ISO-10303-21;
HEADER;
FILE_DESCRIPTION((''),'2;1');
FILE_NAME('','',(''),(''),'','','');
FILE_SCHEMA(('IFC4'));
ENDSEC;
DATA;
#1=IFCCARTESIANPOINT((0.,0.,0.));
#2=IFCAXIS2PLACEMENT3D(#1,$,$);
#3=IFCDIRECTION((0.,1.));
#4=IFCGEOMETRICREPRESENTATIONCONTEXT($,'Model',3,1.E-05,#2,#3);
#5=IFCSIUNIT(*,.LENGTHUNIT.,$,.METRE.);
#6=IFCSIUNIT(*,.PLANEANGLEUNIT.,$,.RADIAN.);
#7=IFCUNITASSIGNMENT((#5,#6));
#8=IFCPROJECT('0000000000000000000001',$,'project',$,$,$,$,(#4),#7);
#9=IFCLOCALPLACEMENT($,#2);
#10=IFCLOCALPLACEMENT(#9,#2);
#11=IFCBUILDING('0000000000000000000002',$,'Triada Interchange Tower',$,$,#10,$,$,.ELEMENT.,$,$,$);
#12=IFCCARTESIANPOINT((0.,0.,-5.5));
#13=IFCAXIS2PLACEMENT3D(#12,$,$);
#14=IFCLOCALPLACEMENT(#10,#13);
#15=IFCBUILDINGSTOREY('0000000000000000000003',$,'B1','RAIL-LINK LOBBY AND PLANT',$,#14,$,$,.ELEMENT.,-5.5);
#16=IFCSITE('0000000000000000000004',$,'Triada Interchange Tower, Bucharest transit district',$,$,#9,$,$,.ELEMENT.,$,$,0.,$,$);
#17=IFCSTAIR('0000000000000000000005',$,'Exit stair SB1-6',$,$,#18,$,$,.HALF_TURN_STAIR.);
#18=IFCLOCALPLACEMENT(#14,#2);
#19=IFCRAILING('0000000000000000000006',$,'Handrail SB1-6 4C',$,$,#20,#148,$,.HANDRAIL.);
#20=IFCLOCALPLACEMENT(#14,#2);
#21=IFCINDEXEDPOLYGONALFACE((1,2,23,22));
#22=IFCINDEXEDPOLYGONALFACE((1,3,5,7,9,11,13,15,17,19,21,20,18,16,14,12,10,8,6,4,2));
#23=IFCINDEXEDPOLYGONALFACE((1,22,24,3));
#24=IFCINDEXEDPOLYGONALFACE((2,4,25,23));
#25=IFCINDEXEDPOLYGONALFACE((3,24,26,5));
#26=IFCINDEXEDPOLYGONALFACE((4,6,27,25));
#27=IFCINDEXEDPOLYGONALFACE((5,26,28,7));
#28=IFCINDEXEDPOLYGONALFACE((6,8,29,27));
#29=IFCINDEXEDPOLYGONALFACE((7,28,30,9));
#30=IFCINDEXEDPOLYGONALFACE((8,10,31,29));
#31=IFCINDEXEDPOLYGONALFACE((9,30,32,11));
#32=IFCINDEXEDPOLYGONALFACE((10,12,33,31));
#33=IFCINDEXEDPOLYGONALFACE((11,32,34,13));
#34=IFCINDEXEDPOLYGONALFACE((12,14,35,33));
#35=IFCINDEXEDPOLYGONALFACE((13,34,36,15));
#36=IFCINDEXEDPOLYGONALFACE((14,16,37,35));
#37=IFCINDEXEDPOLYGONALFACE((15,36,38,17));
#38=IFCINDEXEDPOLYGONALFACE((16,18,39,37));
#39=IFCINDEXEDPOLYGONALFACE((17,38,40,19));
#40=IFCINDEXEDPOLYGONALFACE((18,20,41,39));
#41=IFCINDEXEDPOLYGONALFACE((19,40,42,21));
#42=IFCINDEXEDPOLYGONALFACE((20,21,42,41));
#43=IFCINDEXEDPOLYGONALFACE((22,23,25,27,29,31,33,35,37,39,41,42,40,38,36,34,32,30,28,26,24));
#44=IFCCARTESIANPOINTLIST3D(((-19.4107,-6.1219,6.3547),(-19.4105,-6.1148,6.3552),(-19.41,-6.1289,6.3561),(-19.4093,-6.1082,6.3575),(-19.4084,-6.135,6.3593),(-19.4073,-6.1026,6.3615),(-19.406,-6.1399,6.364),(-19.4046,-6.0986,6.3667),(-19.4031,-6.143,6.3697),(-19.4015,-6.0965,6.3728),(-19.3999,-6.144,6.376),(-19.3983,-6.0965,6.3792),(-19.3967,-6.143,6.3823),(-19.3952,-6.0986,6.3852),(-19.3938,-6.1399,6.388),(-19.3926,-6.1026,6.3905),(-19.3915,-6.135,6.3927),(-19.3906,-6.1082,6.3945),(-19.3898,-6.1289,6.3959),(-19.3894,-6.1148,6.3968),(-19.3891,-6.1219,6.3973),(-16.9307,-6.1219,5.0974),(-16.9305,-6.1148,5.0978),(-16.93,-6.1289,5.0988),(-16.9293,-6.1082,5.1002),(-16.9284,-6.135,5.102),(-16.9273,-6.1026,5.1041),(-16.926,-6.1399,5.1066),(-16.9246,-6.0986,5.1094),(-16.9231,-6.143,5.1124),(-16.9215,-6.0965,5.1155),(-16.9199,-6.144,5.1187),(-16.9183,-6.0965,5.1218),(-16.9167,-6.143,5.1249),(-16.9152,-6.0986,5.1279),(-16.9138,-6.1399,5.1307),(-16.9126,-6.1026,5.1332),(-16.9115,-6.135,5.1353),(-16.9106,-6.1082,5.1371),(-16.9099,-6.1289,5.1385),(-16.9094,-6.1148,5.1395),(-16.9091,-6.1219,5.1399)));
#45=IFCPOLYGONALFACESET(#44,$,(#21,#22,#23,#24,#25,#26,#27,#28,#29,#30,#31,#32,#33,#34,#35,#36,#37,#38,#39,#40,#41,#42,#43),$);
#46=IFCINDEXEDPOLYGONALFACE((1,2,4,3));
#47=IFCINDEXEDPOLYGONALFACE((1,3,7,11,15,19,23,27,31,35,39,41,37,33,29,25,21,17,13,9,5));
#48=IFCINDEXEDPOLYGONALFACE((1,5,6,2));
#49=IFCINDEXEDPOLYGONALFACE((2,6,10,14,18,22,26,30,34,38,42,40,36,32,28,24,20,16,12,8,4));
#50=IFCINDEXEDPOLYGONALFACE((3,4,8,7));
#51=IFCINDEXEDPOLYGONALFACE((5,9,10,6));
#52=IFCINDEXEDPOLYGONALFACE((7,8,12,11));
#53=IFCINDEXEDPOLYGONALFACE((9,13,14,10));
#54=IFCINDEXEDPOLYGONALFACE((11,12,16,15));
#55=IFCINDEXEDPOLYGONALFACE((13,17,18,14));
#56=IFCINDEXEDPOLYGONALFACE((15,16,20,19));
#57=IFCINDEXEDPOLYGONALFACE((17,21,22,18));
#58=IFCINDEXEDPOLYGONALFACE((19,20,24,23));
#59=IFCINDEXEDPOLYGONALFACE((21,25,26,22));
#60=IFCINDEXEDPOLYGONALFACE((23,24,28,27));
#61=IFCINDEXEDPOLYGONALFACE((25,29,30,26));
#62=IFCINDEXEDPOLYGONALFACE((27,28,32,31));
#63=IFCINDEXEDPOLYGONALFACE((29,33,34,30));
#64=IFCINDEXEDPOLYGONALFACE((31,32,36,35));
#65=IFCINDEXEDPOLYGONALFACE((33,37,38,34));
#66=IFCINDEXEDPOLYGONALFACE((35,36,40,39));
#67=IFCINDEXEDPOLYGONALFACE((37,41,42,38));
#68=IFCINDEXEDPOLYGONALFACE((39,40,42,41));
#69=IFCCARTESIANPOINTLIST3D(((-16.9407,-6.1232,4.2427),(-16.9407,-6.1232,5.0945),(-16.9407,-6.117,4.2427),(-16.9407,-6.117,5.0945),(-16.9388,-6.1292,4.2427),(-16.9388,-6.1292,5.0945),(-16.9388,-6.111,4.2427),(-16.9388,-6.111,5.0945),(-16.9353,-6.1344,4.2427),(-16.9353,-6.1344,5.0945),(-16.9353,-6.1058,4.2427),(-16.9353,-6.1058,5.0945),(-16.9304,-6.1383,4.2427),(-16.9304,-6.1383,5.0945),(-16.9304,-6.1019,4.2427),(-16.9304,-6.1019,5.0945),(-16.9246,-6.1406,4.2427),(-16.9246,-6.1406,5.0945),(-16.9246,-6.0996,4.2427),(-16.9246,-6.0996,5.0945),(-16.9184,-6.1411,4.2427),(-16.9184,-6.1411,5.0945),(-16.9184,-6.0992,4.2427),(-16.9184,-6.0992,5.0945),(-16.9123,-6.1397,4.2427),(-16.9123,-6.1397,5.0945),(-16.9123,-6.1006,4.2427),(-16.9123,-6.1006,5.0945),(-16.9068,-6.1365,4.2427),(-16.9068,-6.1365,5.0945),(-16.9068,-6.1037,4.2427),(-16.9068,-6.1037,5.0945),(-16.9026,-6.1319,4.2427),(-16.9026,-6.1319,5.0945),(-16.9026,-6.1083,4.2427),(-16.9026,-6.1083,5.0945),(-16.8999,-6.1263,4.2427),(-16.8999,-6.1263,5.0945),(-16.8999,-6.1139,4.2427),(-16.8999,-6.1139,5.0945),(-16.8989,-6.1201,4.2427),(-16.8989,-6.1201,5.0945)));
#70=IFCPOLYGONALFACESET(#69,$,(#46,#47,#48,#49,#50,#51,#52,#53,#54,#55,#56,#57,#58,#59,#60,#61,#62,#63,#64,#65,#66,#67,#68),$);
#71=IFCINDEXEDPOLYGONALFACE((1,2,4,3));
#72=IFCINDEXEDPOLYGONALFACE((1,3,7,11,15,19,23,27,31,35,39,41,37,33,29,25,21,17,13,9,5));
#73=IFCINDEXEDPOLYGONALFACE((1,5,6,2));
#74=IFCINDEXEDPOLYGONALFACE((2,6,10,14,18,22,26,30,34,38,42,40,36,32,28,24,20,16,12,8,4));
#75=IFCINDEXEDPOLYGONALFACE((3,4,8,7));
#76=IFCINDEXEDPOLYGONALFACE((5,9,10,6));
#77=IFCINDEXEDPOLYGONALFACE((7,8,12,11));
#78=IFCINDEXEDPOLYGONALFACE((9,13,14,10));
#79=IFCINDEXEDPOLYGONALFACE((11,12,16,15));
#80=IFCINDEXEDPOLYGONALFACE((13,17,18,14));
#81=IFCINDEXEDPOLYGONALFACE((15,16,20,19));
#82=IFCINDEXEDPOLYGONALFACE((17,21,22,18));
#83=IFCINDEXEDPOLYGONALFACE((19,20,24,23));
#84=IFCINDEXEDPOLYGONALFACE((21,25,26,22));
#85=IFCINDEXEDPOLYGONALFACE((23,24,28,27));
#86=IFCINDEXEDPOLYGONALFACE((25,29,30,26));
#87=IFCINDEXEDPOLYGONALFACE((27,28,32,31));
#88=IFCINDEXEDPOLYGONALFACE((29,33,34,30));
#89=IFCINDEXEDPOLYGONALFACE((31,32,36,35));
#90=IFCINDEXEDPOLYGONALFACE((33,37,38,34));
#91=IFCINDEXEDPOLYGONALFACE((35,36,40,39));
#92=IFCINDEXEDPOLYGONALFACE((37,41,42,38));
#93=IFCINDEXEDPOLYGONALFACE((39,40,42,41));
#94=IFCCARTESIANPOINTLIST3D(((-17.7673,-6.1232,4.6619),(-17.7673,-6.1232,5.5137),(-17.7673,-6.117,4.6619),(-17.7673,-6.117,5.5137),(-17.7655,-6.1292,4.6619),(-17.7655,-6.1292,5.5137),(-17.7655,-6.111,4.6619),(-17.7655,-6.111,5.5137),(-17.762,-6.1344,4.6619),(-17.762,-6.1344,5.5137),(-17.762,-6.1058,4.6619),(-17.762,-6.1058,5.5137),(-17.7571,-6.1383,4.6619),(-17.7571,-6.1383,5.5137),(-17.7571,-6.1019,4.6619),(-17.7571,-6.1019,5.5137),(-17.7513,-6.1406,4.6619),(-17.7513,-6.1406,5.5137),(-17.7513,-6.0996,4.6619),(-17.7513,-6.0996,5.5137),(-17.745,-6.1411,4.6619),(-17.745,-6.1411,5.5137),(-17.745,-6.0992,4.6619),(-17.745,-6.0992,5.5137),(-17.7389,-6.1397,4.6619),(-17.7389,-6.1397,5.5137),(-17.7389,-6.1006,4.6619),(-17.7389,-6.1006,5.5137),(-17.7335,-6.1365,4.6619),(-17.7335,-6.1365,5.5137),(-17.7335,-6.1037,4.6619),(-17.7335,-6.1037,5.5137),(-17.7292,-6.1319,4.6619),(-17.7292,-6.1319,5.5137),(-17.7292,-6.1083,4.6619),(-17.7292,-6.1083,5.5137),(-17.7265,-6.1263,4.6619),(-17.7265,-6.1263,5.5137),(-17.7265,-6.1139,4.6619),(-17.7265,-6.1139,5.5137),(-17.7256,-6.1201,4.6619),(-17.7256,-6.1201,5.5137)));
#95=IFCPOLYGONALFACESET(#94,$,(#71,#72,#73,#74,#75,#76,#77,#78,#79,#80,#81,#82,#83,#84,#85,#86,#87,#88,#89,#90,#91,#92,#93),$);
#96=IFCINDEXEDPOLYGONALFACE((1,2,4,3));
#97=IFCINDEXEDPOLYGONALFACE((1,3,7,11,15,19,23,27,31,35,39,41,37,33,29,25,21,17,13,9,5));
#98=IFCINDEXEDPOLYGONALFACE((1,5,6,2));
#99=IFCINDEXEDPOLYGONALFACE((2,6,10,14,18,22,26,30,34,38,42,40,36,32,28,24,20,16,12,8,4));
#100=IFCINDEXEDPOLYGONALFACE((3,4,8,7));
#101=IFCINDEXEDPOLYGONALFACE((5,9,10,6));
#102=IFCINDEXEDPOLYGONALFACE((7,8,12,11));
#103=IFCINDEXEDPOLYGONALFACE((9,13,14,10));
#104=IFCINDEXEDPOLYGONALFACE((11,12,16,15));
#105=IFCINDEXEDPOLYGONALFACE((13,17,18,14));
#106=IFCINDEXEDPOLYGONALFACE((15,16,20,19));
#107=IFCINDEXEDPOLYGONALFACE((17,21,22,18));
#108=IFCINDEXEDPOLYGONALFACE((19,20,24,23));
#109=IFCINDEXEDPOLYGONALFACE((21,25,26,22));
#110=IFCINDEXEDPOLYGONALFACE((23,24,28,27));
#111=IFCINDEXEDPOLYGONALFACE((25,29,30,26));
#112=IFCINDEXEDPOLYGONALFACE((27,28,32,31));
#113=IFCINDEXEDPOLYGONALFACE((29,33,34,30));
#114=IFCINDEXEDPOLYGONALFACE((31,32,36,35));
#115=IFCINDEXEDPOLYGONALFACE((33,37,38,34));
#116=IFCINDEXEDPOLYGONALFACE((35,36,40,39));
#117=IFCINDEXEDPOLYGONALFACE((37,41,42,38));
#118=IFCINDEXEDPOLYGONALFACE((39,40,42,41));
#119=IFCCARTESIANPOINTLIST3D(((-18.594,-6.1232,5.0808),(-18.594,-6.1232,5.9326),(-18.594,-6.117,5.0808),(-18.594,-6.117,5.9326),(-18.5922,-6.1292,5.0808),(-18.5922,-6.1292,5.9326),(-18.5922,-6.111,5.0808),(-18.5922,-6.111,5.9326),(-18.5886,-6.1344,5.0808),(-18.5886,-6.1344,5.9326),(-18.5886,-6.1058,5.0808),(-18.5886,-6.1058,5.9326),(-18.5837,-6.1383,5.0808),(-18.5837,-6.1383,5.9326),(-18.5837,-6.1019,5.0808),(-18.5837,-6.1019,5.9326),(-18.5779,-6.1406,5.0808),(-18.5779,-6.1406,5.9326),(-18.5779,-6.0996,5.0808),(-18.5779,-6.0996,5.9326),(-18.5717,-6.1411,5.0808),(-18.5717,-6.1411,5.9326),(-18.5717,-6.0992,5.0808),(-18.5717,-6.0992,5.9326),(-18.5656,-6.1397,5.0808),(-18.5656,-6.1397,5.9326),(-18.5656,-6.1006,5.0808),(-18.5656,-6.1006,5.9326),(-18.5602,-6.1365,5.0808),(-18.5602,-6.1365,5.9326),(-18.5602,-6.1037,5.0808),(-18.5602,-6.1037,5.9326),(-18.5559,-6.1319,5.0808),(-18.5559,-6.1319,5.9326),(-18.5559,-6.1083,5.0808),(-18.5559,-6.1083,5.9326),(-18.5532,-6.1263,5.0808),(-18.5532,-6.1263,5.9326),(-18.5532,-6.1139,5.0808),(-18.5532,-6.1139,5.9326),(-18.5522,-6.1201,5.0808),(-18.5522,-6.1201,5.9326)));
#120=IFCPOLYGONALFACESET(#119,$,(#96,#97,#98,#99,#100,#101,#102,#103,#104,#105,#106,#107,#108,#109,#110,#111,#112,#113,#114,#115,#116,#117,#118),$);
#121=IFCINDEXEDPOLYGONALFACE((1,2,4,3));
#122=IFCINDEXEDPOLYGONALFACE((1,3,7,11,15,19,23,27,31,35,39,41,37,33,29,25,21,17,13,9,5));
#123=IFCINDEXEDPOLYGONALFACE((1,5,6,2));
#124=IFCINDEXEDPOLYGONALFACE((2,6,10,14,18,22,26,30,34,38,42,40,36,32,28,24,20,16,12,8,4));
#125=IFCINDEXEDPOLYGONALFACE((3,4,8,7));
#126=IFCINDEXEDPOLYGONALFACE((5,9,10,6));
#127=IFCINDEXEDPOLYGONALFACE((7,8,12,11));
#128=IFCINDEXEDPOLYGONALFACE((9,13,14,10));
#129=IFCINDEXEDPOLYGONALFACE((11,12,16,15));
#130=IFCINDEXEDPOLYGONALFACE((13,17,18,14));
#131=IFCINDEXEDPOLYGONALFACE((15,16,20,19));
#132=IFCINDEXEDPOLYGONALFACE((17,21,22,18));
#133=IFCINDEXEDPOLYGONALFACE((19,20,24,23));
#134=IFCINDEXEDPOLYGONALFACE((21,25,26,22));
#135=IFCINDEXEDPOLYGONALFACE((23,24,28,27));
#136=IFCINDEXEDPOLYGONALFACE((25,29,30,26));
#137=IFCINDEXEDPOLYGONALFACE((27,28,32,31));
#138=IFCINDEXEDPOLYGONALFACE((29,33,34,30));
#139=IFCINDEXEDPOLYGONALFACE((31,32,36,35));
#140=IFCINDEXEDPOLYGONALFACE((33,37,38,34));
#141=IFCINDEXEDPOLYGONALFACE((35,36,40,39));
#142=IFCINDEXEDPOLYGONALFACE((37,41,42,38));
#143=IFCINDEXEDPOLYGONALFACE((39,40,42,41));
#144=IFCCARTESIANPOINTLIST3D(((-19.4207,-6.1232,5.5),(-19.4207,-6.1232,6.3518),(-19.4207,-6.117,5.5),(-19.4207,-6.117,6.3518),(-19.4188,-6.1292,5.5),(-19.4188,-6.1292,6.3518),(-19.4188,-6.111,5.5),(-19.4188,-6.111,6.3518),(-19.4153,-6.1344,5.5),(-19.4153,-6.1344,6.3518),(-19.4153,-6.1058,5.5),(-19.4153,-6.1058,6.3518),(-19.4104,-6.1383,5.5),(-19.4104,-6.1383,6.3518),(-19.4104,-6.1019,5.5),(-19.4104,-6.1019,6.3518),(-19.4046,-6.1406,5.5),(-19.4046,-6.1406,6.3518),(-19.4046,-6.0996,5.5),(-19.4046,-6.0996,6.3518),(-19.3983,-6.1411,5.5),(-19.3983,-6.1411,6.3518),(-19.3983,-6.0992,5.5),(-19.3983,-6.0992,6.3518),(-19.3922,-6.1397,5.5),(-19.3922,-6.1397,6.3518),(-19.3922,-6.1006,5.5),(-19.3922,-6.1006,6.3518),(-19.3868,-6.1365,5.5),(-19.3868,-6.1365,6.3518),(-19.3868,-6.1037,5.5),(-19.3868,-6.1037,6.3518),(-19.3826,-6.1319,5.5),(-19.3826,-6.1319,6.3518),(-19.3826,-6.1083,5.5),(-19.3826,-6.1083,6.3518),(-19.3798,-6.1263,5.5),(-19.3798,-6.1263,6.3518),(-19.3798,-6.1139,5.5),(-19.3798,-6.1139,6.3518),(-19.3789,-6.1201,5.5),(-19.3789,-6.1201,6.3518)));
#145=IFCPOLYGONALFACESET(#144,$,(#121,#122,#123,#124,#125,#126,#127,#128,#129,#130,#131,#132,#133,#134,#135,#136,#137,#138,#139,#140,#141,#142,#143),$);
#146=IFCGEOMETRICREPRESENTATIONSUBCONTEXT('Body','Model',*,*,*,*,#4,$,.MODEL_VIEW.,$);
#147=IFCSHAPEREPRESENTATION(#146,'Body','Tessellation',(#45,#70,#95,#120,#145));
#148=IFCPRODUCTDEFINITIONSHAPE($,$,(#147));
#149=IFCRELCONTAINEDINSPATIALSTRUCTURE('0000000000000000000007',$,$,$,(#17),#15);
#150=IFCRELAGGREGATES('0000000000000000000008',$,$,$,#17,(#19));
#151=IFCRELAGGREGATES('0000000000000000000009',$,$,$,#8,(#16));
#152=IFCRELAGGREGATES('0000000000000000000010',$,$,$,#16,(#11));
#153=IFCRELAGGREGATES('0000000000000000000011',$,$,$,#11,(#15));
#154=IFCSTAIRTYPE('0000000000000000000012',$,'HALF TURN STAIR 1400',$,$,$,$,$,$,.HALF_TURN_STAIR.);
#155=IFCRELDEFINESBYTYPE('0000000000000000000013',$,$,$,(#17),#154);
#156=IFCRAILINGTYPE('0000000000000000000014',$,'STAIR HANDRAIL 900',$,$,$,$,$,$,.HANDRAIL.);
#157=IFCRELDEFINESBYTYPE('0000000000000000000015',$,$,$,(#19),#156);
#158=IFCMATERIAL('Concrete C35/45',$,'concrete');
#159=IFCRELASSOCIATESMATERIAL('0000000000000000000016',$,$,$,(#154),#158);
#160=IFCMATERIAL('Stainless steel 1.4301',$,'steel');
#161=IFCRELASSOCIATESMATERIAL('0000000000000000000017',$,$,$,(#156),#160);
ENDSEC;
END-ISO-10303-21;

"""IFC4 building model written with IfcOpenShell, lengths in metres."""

from ifc_helpers import new_model, si_unit, direction, frame, origin, origin_2d, place, context, subcontext, project, spatial, circle, extrude, material, type_object, element, aggregate, save


model = new_model("IFC4")

# Units and contexts
model_context = context("Model", 3, precision=1e-05, world=origin(), true_north=direction((0.0, 1.0)))
body_context = subcontext(model_context, "Body", "Model", "MODEL_VIEW")
ifc_project = project(units=[si_unit("LENGTHUNIT", "METRE"), si_unit("PLANEANGLEUNIT", "RADIAN")], contexts=[model_context])

# Site, building, storey
site_placement = place(None, origin())
site = spatial("IfcSite", under=ifc_project, at=site_placement, Name="Triada Interchange Tower, Bucharest transit district", CompositionType="ELEMENT", RefElevation=0.0)
building_placement = place(site_placement, origin())
building = spatial("IfcBuilding", under=site, at=building_placement, Name="Triada Interchange Tower", CompositionType="ELEMENT")
storey_placement = place(building_placement, frame((0.0, 0.0, -5.5)))
storey = spatial("IfcBuildingStorey", under=building, at=storey_placement, Name="B1", Description="RAIL-LINK LOBBY AND PLANT", CompositionType="ELEMENT", Elevation=-5.5)

# Stair, railing
ifc_material_1 = material(Name="Concrete C35/45", Category="concrete")
stair_type = type_object("IfcStairType", Name="HALF TURN STAIR 1400", PredefinedType="HALF_TURN_STAIR", material=ifc_material_1)
stair_placement = place(storey_placement, origin())
stair = element("IfcStair", 1, at=stair_placement, inside=storey, type_object=stair_type, Name="Exit stair SB1-6", PredefinedType="HALF_TURN_STAIR")
ifc_material_2 = material(Name="Stainless steel 1.4301", Category="steel")
railing_type = type_object("IfcRailingType", Name="STAIR HANDRAIL 900", PredefinedType="HANDRAIL", material=ifc_material_2)
railing_1_placement = place(storey_placement, frame((-16.9199, -6.1201, 4.2427)))
railing_1 = element("IfcRailing", 2, at=railing_1_placement, type_object=railing_type, Name="Handrail SB1-6 4C", PredefinedType="HANDRAIL", context=body_context, shape_type="SweptSolid", body=[
    extrude(circle(Radius=0.0239, at=origin_2d()), frame((0.0, 0.0, 0.876), z_axis=(-0.89192, 0.0, 0.452194), x_axis=(0.0, -1.0, 0.0)), (0.0, 0.0, 1.0), 2.7805),
    extrude(circle(Radius=0.021, at=origin_2d()), origin(), (0.0, 0.0, 1.0), 0.8518),
    extrude(circle(Radius=0.021, at=origin_2d()), frame((-0.8267, 0.0, 0.4192)), (0.0, 0.0, 1.0), 0.8518),
    extrude(circle(Radius=0.021, at=origin_2d()), frame((-1.6533, 0.0, 0.8381)), (0.0, 0.0, 1.0), 0.8518),
    extrude(circle(Radius=0.021, at=origin_2d()), frame((-2.48, 0.0, 1.2573)), (0.0, 0.0, 1.0), 0.8518),
])
aggregate(stair, [railing_1])

save(model, "model.ifc")
